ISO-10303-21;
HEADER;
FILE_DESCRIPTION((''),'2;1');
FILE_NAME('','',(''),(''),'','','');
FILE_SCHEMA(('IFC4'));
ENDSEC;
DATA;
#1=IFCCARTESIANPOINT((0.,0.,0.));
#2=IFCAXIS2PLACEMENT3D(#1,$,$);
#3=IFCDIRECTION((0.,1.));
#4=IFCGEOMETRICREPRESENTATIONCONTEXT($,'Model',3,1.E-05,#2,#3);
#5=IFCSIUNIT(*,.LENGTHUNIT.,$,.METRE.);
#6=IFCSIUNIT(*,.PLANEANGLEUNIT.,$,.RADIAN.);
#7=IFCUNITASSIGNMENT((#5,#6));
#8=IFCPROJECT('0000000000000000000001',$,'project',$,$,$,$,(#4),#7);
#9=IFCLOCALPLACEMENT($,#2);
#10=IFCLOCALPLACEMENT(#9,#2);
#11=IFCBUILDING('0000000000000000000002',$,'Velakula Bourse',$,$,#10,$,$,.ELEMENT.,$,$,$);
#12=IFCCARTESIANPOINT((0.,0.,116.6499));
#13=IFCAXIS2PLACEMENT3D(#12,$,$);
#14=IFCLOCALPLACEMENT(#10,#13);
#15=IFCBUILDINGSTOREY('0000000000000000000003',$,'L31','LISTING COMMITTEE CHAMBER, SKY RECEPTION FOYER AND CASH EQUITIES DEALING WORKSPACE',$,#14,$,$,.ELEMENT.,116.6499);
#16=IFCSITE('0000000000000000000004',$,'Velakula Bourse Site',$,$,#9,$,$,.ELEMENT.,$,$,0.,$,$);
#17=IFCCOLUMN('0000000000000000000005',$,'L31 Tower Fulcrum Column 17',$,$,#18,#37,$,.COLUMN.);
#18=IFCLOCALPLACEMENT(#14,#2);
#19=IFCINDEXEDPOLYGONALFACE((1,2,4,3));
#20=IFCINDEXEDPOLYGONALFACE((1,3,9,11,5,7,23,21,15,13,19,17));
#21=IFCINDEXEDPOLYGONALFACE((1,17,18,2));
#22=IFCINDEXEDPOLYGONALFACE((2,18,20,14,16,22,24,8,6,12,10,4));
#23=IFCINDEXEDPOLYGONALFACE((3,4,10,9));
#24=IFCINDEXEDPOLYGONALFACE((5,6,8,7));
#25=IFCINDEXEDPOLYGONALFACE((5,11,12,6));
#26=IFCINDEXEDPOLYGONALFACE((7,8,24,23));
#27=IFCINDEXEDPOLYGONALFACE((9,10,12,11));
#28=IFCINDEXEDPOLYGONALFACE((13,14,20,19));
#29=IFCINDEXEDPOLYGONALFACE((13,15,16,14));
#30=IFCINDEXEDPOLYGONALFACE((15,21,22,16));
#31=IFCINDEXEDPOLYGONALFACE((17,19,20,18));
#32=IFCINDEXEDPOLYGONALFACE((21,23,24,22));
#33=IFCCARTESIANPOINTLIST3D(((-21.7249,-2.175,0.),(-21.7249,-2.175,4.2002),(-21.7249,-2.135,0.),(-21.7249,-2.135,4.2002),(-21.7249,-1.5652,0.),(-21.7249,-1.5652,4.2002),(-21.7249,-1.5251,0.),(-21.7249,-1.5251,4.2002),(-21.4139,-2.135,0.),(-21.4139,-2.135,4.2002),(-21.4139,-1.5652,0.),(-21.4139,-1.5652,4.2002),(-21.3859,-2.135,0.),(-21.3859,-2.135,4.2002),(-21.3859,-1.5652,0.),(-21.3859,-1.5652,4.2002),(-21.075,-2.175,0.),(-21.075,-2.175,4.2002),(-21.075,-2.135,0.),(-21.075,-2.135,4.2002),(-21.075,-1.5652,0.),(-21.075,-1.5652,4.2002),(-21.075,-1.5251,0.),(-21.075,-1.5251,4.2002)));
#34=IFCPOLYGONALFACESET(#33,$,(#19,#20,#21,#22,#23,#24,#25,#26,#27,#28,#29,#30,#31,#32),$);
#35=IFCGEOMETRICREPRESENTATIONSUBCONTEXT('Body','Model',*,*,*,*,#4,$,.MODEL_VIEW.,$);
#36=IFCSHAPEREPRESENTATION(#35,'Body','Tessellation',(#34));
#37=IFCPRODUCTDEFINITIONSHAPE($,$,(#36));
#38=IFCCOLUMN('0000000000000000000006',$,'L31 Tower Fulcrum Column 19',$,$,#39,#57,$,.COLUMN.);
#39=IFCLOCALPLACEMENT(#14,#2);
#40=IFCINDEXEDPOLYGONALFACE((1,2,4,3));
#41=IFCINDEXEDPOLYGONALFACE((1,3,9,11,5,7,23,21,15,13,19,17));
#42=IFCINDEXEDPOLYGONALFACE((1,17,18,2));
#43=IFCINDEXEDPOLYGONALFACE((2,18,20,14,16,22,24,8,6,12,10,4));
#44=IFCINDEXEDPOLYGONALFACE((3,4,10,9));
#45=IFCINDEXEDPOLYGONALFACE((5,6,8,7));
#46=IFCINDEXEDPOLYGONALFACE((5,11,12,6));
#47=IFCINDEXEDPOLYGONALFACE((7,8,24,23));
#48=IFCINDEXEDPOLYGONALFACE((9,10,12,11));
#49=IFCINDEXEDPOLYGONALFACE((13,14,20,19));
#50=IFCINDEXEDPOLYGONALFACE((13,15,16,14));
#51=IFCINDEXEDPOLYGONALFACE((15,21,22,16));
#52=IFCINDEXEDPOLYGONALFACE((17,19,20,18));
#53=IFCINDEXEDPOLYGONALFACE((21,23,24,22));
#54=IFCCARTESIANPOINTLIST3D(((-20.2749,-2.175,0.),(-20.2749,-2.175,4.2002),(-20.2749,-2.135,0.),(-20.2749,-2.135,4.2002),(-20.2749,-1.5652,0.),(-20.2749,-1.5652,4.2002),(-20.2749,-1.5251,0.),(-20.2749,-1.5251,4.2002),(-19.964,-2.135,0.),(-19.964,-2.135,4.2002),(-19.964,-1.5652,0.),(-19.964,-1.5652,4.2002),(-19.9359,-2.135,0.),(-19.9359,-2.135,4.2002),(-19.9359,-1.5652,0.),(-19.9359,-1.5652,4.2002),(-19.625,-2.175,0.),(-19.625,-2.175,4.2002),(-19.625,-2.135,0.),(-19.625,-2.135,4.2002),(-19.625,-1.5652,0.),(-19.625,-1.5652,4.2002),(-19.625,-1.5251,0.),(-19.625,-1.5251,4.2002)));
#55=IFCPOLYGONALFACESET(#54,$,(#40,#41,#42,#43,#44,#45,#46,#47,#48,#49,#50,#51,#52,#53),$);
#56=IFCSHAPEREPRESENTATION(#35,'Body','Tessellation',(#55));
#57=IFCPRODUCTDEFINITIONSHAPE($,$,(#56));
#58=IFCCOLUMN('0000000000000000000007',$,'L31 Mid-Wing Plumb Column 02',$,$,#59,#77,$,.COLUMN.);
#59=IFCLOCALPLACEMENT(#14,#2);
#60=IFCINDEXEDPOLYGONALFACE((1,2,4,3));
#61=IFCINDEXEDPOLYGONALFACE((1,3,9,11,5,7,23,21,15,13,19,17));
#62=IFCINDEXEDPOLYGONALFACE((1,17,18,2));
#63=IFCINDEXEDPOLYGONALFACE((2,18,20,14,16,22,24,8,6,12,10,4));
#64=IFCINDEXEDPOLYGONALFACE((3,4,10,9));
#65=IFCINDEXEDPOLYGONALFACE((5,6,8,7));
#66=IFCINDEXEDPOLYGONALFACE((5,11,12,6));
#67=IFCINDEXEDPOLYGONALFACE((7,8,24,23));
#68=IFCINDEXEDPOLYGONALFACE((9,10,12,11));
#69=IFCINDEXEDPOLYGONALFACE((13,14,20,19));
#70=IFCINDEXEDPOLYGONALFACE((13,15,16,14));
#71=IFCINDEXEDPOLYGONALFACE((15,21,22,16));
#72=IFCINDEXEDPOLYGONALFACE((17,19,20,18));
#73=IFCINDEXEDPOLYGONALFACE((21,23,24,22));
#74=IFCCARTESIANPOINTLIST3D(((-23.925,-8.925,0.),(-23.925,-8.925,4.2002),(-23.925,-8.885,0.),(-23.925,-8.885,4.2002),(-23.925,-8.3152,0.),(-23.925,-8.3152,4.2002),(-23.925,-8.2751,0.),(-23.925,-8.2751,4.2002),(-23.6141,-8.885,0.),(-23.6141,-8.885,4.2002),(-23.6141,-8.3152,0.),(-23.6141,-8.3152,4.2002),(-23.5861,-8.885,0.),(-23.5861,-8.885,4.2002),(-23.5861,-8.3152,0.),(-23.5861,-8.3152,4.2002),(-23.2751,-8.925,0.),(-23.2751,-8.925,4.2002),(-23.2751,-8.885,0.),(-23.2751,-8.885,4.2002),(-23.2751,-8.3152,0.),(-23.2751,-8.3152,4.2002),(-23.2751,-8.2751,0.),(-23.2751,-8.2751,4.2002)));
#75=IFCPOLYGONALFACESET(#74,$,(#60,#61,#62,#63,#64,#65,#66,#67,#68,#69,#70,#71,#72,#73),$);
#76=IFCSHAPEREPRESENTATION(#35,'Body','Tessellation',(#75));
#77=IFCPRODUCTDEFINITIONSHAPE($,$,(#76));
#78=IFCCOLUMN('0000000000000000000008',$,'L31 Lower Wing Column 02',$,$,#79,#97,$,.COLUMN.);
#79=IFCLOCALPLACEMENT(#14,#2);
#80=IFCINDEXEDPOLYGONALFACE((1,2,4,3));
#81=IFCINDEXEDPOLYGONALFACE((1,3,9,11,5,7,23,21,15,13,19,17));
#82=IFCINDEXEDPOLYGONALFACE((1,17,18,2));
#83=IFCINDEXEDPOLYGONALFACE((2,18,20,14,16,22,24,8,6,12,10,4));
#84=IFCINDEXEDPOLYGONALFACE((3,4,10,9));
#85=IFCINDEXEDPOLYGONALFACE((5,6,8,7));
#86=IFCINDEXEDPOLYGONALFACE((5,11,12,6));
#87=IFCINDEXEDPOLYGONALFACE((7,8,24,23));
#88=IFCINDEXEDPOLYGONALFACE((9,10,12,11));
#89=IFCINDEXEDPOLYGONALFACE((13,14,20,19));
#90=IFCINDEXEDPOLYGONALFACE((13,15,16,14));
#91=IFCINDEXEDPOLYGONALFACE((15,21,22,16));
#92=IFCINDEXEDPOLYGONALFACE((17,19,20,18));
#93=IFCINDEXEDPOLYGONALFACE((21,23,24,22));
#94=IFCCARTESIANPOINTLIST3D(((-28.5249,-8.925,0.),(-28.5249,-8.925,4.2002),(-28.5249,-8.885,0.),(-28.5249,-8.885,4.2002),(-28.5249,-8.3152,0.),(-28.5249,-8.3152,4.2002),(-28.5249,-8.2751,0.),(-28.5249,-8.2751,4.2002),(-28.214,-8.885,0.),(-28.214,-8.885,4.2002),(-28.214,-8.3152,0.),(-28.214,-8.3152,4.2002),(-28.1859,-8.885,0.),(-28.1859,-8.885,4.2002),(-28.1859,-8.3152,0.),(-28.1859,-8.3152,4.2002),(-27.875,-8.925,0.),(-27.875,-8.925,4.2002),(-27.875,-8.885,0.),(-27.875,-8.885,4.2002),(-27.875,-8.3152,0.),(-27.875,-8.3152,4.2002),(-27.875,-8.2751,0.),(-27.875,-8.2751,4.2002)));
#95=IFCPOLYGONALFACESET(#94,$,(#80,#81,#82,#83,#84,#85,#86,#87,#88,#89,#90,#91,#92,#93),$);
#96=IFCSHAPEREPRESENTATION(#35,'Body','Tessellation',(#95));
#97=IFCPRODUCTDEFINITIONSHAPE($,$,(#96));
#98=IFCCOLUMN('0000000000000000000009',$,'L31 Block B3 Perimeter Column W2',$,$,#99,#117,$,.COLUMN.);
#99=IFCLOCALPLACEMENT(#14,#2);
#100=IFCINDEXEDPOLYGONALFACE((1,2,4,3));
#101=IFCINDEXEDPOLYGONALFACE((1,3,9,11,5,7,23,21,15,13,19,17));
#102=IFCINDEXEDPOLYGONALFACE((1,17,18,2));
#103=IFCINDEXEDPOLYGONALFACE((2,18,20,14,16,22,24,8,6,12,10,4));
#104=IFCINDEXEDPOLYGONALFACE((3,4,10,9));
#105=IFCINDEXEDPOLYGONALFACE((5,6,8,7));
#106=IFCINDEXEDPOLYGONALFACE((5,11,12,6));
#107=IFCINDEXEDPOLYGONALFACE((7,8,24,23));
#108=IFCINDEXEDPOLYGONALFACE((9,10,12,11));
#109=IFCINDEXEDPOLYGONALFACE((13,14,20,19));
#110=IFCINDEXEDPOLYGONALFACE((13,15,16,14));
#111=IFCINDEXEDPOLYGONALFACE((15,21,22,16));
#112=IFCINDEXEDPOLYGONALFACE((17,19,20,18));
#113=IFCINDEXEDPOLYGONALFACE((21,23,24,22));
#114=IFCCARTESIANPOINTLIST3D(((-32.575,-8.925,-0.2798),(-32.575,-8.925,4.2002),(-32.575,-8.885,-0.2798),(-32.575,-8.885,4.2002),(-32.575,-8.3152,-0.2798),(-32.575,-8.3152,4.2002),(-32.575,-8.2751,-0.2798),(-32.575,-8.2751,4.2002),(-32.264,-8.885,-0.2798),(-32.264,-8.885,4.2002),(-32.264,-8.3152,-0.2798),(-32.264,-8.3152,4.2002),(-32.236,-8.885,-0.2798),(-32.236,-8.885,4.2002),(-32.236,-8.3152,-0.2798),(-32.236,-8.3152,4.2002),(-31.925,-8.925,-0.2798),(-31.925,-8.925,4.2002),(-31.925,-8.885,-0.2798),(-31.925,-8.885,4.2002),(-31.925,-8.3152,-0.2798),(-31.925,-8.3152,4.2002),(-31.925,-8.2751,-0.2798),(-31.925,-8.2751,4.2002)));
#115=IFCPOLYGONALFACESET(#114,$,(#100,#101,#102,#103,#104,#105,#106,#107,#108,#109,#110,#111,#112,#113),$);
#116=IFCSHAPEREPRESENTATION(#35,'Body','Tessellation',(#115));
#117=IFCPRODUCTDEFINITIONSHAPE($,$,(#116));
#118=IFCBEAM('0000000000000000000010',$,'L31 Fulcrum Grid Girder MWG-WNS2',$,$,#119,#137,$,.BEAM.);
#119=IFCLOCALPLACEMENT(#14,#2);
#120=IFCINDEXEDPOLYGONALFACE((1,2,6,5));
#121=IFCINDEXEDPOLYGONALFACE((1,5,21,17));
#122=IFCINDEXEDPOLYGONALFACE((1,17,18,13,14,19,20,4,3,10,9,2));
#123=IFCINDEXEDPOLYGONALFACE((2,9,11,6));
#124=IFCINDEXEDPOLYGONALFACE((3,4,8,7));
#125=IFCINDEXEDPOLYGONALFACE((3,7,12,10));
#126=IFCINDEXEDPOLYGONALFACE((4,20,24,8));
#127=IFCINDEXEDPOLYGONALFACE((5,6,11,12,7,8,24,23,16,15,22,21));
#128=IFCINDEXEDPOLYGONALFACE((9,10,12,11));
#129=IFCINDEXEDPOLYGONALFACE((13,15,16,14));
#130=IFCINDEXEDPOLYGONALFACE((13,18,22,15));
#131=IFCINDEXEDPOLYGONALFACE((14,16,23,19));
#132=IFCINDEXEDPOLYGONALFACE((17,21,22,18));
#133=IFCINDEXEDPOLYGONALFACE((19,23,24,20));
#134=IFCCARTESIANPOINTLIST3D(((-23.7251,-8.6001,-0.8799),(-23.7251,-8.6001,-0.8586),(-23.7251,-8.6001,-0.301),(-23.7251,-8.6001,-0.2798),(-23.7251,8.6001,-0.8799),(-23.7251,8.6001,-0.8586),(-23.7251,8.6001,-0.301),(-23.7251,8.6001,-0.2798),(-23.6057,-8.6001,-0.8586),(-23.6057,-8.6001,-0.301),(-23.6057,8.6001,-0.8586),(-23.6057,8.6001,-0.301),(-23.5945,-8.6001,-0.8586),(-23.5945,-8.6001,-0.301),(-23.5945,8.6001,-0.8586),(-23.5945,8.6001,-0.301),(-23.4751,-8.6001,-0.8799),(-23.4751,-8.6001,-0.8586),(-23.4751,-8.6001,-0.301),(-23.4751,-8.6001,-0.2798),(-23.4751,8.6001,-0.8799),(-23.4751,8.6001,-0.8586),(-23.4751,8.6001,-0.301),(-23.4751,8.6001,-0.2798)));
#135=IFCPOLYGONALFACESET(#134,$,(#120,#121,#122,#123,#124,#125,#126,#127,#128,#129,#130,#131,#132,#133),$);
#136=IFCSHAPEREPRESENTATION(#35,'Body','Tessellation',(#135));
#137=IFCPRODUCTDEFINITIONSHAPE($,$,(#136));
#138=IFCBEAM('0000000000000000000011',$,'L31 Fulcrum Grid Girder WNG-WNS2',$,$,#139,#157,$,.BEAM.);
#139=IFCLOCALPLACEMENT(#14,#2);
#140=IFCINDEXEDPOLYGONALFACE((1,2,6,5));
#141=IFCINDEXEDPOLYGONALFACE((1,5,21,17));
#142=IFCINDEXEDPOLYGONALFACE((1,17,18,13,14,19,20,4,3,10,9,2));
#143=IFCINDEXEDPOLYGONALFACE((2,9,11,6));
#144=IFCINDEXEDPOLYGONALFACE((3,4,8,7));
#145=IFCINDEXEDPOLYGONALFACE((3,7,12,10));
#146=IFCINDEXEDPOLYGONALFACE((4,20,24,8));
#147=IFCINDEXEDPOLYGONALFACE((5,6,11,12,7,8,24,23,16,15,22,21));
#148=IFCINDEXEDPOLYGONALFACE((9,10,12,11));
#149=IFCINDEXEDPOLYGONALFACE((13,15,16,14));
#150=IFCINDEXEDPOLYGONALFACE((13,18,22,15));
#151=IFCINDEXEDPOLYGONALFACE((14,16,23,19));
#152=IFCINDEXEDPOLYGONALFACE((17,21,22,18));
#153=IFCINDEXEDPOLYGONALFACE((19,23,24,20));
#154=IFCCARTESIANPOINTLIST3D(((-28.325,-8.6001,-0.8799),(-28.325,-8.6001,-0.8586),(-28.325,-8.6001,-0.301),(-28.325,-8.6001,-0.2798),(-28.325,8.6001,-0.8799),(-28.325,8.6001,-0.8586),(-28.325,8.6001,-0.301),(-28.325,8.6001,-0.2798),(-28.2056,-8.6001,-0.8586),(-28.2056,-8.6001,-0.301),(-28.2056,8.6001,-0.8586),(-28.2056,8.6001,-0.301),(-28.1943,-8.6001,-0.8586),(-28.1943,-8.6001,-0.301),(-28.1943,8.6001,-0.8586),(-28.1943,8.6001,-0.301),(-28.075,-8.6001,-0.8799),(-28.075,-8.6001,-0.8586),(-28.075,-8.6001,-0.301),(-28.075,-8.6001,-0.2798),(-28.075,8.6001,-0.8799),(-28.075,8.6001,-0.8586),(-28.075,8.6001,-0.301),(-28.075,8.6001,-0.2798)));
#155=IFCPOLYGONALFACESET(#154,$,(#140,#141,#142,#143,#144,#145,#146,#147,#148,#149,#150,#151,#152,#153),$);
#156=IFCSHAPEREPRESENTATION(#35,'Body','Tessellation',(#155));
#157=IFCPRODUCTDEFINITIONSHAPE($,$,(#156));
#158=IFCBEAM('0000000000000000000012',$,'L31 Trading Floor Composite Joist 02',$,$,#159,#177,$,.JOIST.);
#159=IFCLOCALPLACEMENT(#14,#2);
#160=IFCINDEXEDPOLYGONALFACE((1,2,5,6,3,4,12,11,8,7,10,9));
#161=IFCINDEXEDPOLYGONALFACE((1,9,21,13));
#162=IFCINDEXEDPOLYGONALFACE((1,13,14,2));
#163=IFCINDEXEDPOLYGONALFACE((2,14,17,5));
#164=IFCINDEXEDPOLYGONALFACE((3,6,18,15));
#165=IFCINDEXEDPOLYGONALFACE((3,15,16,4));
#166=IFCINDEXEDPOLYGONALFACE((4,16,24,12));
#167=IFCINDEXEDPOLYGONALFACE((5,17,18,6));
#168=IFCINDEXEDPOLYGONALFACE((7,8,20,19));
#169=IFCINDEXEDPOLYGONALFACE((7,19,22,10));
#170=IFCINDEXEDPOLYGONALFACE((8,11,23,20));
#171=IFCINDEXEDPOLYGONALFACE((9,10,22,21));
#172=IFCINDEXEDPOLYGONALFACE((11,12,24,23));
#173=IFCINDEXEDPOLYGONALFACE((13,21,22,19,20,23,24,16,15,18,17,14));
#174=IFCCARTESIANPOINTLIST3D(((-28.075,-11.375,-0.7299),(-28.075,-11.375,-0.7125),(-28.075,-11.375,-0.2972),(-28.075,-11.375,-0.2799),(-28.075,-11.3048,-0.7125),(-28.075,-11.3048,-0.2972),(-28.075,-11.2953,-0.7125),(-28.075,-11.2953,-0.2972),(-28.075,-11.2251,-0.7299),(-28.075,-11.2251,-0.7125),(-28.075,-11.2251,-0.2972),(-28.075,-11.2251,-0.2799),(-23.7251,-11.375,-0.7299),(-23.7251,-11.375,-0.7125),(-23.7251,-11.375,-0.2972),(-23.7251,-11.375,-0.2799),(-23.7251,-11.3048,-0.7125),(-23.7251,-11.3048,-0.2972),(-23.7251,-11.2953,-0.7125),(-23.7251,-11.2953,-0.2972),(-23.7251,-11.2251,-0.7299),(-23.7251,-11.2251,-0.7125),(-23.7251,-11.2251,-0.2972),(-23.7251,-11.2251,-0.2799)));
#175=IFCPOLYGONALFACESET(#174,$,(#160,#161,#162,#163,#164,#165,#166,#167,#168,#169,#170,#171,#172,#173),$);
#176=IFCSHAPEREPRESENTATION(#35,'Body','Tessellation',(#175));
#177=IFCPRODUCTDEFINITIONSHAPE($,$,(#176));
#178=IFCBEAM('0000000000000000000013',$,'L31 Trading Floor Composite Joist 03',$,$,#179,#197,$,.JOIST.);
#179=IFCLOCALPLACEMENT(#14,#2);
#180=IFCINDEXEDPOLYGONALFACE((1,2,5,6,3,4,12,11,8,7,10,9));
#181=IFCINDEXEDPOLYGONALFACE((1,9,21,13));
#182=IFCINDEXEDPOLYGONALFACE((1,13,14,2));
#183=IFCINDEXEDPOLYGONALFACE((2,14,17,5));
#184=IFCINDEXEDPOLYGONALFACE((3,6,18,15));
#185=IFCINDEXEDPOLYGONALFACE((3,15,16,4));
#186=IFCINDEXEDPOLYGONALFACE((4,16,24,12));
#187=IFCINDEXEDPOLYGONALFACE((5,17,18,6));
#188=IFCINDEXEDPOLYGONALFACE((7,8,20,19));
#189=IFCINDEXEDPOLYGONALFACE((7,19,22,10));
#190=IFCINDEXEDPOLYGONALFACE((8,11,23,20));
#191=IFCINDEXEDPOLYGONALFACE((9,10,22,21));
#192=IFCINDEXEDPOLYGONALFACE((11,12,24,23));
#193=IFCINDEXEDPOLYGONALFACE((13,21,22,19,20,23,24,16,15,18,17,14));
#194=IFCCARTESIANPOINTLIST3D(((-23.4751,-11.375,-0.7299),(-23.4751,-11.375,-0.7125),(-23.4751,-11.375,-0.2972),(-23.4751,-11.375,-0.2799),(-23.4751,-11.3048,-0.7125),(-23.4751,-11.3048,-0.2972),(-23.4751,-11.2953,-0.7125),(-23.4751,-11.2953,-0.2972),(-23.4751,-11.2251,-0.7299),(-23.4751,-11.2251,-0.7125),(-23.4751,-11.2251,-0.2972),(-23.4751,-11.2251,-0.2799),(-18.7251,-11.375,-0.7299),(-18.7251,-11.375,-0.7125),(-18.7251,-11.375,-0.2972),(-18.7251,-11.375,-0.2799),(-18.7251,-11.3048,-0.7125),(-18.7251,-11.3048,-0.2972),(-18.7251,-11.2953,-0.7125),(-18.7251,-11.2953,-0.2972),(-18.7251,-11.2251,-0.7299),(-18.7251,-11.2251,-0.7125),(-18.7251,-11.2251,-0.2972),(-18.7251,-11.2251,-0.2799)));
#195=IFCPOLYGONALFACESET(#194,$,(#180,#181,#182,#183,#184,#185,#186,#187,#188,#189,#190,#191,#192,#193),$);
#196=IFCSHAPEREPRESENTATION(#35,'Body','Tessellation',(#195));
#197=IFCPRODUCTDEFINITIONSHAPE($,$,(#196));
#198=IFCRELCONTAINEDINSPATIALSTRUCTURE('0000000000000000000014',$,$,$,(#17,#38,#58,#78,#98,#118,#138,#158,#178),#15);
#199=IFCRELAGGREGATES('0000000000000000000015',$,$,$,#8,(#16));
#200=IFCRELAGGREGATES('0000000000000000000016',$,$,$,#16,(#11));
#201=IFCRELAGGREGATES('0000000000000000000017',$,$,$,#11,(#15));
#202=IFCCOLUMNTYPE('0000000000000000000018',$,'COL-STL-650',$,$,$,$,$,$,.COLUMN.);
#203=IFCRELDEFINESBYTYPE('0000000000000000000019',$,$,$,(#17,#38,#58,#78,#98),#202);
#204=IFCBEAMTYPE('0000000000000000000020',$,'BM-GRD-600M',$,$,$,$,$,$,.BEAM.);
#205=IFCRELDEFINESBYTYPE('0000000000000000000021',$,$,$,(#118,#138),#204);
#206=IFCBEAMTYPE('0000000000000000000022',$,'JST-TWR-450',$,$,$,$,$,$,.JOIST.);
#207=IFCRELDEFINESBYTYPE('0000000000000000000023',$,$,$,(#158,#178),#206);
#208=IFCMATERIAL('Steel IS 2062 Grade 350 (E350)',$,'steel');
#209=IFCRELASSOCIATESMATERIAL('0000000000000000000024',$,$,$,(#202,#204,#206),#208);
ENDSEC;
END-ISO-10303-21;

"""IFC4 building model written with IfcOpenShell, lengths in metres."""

from ifc_helpers import new_model, si_unit, direction, frame, origin, origin_2d, place, context, subcontext, project, spatial, i_section, extrude, material, material_profile, profile_set, type_object, element, save


model = new_model("IFC4")

# Units and contexts
model_context = context("Model", 3, precision=1e-05, world=origin(), true_north=direction((0.0, 1.0)))
body_context = subcontext(model_context, "Body", "Model", "MODEL_VIEW")
ifc_project = project(units=[si_unit("LENGTHUNIT", "METRE"), si_unit("PLANEANGLEUNIT", "RADIAN")], contexts=[model_context])

# Site, building, storey
site_placement = place(None, origin())
site = spatial("IfcSite", under=ifc_project, at=site_placement, Name="Velakula Bourse Site", CompositionType="ELEMENT", RefElevation=0.0)
building_placement = place(site_placement, origin())
building = spatial("IfcBuilding", under=site, at=building_placement, Name="Velakula Bourse", CompositionType="ELEMENT")
storey_placement = place(building_placement, frame((0.0, 0.0, 116.6499)))
storey = spatial("IfcBuildingStorey", under=building, at=storey_placement, Name="L31", Description="LISTING COMMITTEE CHAMBER, SKY RECEPTION FOYER AND CASH EQUITIES DEALING WORKSPACE", CompositionType="ELEMENT", Elevation=116.6499)

# Columns
ifc_material_1 = material(Name="Steel IS 2062 Grade 350 (E350)", Category="steel")
ifc_material_profile_1 = material_profile(ifc_material_1, i_section(OverallWidth=0.6499, OverallDepth=0.6499, WebThickness=0.0281, FlangeThickness=0.04, at=origin_2d()), Name="Steel IS 2062 Grade 350 (E350)")
ifc_profile_set_1 = profile_set([ifc_material_profile_1], Name="Steel IS 2062 Grade 350 (E350)")
column_type = type_object("IfcColumnType", Name="COL-STL-650", PredefinedType="COLUMN", material=ifc_profile_set_1)
for number, where, z_axis, x_axis, name in (
    (1, (-21.3999, -1.8501, 0.0), (0.0, 0.0, 1.0), (1.0, 0.0, 0.0), "L31 Tower Fulcrum Column 17"),
    (2, (-19.95, -1.8501, 0.0), (0.0, 0.0, 1.0), (1.0, 0.0, 0.0), "L31 Tower Fulcrum Column 19"),
    (3, (-23.6001, -8.6001, 0.0), (0.0, 0.0, 1.0), (1.0, 0.0, 0.0), "L31 Mid-Wing Plumb Column 02"),
    (4, (-28.2, -8.6001, 0.0), (0.0, 0.0, 1.0), (1.0, 0.0, 0.0), "L31 Lower Wing Column 02"),
):
    element("IfcColumn", number, at=place(storey_placement, frame(where, z_axis=z_axis, x_axis=x_axis)), inside=storey, type_object=column_type, Name=name, PredefinedType="COLUMN", context=body_context, shape_type="SweptSolid", body=[
        extrude(i_section(OverallWidth=0.6499, OverallDepth=0.6499, WebThickness=0.0281, FlangeThickness=0.04, at=origin_2d()), origin(), (0.0, 0.0, 1.0), 4.2002),
    ])
column_placement = place(storey_placement, frame((-32.25, -8.6001, -0.2798), z_axis=(0.0, 0.0, 1.0), x_axis=(1.0, 0.0, 0.0)))
element("IfcColumn", 5, at=column_placement, inside=storey, type_object=column_type, Name="L31 Block B3 Perimeter Column W2", PredefinedType="COLUMN", context=body_context, shape_type="SweptSolid", body=[
    extrude(i_section(OverallWidth=0.6499, OverallDepth=0.6499, WebThickness=0.0281, FlangeThickness=0.04, at=origin_2d()), origin(), (0.0, 0.0, 1.0), 4.48),
])

# Beams
ifc_material_profile_2 = material_profile(ifc_material_1, i_section(OverallWidth=0.25, OverallDepth=0.6001, WebThickness=0.0112, FlangeThickness=0.0212, at=origin_2d()), Name="Steel IS 2062 Grade 350 (E350)")
ifc_profile_set_2 = profile_set([ifc_material_profile_2], Name="Steel IS 2062 Grade 350 (E350)")
beam_type_1 = type_object("IfcBeamType", Name="BM-GRD-600M", PredefinedType="BEAM", material=ifc_profile_set_2)
for number, where, z_axis, x_axis, name in (
    (6, (-23.6001, -8.6001, -0.5798), (0.0, 1.0, 0.0), (-1.0, 0.0, 0.0), "L31 Fulcrum Grid Girder MWG-WNS2"),
    (7, (-28.2, -8.6001, -0.5798), (0.0, 1.0, 0.0), (-1.0, 0.0, 0.0), "L31 Fulcrum Grid Girder WNG-WNS2"),
):
    element("IfcBeam", number, at=place(storey_placement, frame(where, z_axis=z_axis, x_axis=x_axis)), inside=storey, type_object=beam_type_1, Name=name, PredefinedType="BEAM", context=body_context, shape_type="SweptSolid", body=[
        extrude(i_section(OverallWidth=0.25, OverallDepth=0.6001, WebThickness=0.0112, FlangeThickness=0.0212, at=origin_2d()), origin(), (0.0, 0.0, 1.0), 17.2002),
    ])
ifc_material_profile_3 = material_profile(ifc_material_1, i_section(OverallWidth=0.1499, OverallDepth=0.45, WebThickness=0.0095, FlangeThickness=0.0173, at=origin_2d()), Name="Steel IS 2062 Grade 350 (E350)")
ifc_profile_set_3 = profile_set([ifc_material_profile_3], Name="Steel IS 2062 Grade 350 (E350)")
beam_type_2 = type_object("IfcBeamType", Name="JST-TWR-450", PredefinedType="JOIST", material=ifc_profile_set_3)
beam_1_placement = place(storey_placement, frame((-28.075, -11.3, -0.5049), z_axis=(1.0, 0.0, 0.0), x_axis=(0.0, 1.0, 0.0)))
element("IfcBeam", 8, at=beam_1_placement, inside=storey, type_object=beam_type_2, Name="L31 Trading Floor Composite Joist 02", PredefinedType="JOIST", context=body_context, shape_type="SweptSolid", body=[
    extrude(i_section(OverallWidth=0.1499, OverallDepth=0.45, WebThickness=0.0095, FlangeThickness=0.0173, at=origin_2d()), origin(), (0.0, 0.0, 1.0), 4.3499),
])
beam_2_placement = place(storey_placement, frame((-23.4751, -11.3, -0.5049), z_axis=(1.0, 0.0, 0.0), x_axis=(0.0, 1.0, 0.0)))
element("IfcBeam", 9, at=beam_2_placement, inside=storey, type_object=beam_type_2, Name="L31 Trading Floor Composite Joist 03", PredefinedType="JOIST", context=body_context, shape_type="SweptSolid", body=[
    extrude(i_section(OverallWidth=0.1499, OverallDepth=0.45, WebThickness=0.0095, FlangeThickness=0.0173, at=origin_2d()), origin(), (0.0, 0.0, 1.0), 4.75),
])

save(model, "model.ifc")
